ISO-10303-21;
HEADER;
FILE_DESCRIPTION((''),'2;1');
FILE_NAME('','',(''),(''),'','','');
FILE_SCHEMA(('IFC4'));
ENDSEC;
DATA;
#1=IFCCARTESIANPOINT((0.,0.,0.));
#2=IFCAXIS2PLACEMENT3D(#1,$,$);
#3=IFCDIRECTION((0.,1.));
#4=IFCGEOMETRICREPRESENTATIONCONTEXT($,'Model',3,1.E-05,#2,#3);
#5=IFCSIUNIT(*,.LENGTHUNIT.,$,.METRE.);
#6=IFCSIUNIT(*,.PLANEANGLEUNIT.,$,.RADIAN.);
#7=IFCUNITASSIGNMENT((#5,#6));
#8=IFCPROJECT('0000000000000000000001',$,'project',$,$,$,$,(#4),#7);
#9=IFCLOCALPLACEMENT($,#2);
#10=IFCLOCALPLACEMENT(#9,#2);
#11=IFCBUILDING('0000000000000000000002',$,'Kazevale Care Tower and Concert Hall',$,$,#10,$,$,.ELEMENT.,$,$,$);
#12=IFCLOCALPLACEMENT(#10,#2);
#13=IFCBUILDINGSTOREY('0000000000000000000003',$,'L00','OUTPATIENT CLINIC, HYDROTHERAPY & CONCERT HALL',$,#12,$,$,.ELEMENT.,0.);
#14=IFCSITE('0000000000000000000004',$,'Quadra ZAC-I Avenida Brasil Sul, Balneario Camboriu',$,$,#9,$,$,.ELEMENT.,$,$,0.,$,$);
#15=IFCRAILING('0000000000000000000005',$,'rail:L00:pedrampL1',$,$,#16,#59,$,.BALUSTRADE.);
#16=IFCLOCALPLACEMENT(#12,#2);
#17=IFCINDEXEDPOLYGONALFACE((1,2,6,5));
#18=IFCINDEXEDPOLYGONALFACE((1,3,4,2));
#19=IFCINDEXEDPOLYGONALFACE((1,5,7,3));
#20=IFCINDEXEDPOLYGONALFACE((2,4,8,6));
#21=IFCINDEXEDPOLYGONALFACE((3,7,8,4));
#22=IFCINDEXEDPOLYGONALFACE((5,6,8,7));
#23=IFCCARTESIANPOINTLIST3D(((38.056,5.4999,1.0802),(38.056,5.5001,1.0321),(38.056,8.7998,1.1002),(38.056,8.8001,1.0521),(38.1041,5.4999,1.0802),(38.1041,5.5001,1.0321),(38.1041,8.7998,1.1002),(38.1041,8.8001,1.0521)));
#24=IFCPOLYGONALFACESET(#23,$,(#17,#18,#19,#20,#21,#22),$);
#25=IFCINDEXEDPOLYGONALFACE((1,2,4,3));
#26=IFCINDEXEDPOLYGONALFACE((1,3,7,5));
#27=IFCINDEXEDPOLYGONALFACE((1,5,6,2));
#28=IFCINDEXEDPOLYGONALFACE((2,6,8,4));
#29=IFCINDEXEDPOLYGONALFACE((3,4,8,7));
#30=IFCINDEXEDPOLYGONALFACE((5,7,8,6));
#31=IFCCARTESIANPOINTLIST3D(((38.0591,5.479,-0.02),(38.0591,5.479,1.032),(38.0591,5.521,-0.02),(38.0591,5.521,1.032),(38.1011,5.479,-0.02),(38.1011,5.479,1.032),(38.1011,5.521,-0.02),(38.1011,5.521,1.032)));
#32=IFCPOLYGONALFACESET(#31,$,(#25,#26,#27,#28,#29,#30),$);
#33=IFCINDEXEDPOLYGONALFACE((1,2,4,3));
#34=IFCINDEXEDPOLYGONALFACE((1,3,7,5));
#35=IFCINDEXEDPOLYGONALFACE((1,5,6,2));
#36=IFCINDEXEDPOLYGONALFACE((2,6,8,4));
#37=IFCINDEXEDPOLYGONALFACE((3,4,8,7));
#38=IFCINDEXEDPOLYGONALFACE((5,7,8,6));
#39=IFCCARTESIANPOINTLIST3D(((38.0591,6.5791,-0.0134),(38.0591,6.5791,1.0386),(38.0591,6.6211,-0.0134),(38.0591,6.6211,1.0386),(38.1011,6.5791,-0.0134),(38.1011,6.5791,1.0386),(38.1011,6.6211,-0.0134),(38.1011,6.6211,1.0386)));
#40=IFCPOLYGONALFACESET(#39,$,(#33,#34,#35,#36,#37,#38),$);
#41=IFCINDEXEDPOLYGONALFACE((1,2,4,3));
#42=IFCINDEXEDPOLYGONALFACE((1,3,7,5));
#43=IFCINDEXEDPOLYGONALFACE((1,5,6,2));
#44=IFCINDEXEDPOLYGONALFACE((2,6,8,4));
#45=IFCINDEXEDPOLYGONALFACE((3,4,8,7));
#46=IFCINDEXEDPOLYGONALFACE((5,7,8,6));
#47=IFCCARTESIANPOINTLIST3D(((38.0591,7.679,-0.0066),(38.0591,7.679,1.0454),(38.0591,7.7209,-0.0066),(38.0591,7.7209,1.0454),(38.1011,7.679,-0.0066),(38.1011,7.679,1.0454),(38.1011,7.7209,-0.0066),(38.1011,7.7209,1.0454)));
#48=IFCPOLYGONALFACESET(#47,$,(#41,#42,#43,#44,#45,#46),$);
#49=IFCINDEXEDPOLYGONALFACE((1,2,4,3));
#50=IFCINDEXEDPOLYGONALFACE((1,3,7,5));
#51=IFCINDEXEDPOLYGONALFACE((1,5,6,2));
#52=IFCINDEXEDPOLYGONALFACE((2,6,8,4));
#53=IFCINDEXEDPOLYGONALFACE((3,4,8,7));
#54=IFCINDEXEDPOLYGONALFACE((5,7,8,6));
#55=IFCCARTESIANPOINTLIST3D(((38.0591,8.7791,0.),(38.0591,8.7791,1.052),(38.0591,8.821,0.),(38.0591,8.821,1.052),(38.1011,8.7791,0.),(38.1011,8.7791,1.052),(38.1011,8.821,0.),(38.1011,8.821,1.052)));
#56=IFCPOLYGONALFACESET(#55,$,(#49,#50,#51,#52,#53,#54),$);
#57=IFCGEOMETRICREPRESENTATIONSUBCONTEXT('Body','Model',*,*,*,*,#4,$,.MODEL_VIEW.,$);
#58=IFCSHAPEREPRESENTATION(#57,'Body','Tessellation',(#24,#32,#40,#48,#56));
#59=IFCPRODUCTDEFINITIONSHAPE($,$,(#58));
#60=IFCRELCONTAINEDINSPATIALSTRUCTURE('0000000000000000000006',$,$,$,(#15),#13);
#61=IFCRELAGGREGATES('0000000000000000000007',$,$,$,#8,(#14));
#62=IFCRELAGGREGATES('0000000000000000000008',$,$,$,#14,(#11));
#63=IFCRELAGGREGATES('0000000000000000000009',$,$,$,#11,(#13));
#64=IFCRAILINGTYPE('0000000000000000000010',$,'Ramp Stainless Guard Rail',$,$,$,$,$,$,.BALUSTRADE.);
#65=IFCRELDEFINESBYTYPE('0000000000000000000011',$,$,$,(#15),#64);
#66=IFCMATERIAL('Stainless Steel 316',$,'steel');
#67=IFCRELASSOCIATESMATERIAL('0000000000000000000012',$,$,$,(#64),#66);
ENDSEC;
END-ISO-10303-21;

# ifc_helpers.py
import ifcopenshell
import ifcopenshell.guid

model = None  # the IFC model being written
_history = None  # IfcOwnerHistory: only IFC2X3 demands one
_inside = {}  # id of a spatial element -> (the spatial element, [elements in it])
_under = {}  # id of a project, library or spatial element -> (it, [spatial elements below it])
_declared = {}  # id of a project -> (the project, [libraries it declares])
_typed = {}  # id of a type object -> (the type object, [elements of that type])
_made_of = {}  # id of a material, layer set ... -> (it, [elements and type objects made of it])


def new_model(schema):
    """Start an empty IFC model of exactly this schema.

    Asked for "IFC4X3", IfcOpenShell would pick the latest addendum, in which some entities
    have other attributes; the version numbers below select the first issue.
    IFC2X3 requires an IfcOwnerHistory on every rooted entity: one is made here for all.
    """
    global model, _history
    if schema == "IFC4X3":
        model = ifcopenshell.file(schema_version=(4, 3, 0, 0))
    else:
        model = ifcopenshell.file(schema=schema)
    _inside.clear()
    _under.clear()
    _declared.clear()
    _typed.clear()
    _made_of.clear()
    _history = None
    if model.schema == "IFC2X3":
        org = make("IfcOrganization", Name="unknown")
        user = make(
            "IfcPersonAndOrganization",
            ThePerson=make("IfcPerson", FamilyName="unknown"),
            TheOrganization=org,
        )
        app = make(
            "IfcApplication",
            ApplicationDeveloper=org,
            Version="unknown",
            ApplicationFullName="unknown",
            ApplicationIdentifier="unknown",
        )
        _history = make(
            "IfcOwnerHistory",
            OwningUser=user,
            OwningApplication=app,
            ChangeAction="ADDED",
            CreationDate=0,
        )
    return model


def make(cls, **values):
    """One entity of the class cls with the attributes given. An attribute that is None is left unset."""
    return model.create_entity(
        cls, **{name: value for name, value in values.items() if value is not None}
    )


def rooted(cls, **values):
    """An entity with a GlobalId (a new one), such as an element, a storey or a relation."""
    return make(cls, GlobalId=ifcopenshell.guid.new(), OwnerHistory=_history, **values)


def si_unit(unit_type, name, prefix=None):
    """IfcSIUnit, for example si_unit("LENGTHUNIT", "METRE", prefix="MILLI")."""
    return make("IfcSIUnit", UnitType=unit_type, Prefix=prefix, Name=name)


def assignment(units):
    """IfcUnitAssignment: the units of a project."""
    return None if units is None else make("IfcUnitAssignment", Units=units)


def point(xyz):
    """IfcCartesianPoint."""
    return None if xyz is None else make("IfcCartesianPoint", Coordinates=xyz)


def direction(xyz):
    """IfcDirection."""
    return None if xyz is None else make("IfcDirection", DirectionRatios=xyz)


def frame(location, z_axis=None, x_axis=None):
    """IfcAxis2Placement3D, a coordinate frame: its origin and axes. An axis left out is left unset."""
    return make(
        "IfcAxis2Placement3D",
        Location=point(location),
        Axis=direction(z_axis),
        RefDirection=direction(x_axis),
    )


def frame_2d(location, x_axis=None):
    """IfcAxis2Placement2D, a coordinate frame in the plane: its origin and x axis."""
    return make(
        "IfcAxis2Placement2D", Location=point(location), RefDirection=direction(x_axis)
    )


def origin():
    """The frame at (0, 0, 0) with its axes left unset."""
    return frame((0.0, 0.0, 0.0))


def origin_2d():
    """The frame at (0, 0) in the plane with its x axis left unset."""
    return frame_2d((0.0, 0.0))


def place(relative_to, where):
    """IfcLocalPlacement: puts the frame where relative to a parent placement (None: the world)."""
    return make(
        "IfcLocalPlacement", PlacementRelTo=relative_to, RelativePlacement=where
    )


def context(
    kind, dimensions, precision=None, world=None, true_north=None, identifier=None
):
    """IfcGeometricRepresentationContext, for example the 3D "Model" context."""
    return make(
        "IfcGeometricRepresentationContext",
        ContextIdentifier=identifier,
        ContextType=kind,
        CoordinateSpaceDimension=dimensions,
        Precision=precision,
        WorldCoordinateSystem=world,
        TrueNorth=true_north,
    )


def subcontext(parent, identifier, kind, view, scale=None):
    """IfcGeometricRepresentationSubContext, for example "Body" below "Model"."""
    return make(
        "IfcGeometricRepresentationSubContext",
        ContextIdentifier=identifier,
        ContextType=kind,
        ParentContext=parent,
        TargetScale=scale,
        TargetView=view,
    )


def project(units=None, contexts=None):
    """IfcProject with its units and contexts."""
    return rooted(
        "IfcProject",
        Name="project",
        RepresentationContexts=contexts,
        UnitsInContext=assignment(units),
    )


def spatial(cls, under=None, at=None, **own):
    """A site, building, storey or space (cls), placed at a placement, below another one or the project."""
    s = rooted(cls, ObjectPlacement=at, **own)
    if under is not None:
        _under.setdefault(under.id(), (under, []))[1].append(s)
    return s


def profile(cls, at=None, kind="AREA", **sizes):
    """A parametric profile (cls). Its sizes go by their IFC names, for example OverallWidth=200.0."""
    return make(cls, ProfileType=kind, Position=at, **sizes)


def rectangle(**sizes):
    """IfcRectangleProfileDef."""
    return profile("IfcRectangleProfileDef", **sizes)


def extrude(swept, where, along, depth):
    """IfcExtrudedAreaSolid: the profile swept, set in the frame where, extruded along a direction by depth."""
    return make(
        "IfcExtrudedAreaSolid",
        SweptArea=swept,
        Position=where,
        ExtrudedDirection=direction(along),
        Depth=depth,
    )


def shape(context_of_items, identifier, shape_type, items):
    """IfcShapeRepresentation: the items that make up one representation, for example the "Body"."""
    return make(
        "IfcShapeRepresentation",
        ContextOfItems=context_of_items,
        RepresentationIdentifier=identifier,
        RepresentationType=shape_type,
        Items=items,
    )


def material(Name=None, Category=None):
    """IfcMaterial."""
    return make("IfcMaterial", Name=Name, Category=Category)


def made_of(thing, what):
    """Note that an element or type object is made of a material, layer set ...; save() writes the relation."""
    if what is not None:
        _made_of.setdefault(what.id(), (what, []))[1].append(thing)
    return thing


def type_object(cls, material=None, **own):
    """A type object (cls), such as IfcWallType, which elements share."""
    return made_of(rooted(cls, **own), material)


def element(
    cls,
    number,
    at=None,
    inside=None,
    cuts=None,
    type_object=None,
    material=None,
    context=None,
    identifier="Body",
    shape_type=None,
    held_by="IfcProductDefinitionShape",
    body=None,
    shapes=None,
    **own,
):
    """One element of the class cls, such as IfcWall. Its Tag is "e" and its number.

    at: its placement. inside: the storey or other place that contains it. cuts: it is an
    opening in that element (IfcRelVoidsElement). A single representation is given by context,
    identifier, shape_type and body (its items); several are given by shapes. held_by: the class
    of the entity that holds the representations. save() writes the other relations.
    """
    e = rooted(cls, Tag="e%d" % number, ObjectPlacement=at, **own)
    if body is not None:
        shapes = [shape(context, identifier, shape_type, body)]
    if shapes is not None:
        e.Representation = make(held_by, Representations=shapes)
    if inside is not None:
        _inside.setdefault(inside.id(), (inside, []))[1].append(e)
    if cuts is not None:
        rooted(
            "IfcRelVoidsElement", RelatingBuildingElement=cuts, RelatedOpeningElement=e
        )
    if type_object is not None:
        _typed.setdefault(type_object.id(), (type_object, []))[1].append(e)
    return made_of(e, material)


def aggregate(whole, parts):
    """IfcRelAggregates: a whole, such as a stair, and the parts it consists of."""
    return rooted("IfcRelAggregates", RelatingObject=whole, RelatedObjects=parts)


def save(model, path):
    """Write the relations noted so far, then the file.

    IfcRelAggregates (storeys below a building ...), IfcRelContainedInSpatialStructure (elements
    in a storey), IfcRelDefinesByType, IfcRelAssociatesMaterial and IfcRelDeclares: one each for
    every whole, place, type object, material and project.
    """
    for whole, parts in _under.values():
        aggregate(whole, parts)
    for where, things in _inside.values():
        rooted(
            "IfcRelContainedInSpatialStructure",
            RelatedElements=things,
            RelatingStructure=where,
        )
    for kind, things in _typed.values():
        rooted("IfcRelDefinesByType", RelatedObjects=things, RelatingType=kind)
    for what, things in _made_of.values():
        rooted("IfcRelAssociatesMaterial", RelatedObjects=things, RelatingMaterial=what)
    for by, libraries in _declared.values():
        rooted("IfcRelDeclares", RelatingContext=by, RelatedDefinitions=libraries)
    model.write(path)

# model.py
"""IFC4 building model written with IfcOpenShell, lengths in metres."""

from ifc_helpers import new_model, si_unit, direction, frame, origin, origin_2d, place, context, subcontext, project, spatial, rectangle, extrude, material, type_object, element, save


model = new_model("IFC4")

# Units and contexts
model_context = context("Model", 3, precision=1e-05, world=origin(), true_north=direction((0.0, 1.0)))
body_context = subcontext(model_context, "Body", "Model", "MODEL_VIEW")
ifc_project = project(units=[si_unit("LENGTHUNIT", "METRE"), si_unit("PLANEANGLEUNIT", "RADIAN")], contexts=[model_context])

# Site, building, storey
site_placement = place(None, origin())
site = spatial("IfcSite", under=ifc_project, at=site_placement, Name="Quadra ZAC-I Avenida Brasil Sul, Balneario Camboriu", CompositionType="ELEMENT", RefElevation=0.0)
building_placement = place(site_placement, origin())
building = spatial("IfcBuilding", under=site, at=building_placement, Name="Kazevale Care Tower and Concert Hall", CompositionType="ELEMENT")
storey_placement = place(building_placement, origin())
storey = spatial("IfcBuildingStorey", under=building, at=storey_placement, Name="L00", Description="OUTPATIENT CLINIC, HYDROTHERAPY & CONCERT HALL", CompositionType="ELEMENT", Elevation=0.0)

# Railing
ifc_material_1 = material(Name="Stainless Steel 316", Category="steel")
railing_type = type_object("IfcRailingType", Name="Ramp Stainless Guard Rail", PredefinedType="BALUSTRADE", material=ifc_material_1)
railing_placement = place(storey_placement, frame((38.0801, 5.5, -0.02)))
element("IfcRailing", 1, at=railing_placement, inside=storey, type_object=railing_type, Name="rail:L00:pedrampL1", PredefinedType="BALUSTRADE", context=body_context, shape_type="SweptSolid", body=[
    extrude(rectangle(XDim=0.0481, YDim=0.0481, at=origin_2d()), frame((0.0, 0.0, 1.0762), z_axis=(0.0, 0.999982, 0.006066), x_axis=(-1.0, 0.0, 0.0)), (0.0, 0.0, 1.0), 3.3),
    extrude(rectangle(XDim=0.042, YDim=0.042, at=origin_2d()), origin(), (0.0, 0.0, 1.0), 1.052),
    extrude(rectangle(XDim=0.042, YDim=0.042, at=origin_2d()), frame((0.0, 1.1001, 0.0066)), (0.0, 0.0, 1.0), 1.052),
    extrude(rectangle(XDim=0.042, YDim=0.042, at=origin_2d()), frame((0.0, 2.2, 0.0134)), (0.0, 0.0, 1.0), 1.052),
    extrude(rectangle(XDim=0.042, YDim=0.042, at=origin_2d()), frame((0.0, 3.3, 0.02)), (0.0, 0.0, 1.0), 1.052),
])

save(model, "model.ifc")
